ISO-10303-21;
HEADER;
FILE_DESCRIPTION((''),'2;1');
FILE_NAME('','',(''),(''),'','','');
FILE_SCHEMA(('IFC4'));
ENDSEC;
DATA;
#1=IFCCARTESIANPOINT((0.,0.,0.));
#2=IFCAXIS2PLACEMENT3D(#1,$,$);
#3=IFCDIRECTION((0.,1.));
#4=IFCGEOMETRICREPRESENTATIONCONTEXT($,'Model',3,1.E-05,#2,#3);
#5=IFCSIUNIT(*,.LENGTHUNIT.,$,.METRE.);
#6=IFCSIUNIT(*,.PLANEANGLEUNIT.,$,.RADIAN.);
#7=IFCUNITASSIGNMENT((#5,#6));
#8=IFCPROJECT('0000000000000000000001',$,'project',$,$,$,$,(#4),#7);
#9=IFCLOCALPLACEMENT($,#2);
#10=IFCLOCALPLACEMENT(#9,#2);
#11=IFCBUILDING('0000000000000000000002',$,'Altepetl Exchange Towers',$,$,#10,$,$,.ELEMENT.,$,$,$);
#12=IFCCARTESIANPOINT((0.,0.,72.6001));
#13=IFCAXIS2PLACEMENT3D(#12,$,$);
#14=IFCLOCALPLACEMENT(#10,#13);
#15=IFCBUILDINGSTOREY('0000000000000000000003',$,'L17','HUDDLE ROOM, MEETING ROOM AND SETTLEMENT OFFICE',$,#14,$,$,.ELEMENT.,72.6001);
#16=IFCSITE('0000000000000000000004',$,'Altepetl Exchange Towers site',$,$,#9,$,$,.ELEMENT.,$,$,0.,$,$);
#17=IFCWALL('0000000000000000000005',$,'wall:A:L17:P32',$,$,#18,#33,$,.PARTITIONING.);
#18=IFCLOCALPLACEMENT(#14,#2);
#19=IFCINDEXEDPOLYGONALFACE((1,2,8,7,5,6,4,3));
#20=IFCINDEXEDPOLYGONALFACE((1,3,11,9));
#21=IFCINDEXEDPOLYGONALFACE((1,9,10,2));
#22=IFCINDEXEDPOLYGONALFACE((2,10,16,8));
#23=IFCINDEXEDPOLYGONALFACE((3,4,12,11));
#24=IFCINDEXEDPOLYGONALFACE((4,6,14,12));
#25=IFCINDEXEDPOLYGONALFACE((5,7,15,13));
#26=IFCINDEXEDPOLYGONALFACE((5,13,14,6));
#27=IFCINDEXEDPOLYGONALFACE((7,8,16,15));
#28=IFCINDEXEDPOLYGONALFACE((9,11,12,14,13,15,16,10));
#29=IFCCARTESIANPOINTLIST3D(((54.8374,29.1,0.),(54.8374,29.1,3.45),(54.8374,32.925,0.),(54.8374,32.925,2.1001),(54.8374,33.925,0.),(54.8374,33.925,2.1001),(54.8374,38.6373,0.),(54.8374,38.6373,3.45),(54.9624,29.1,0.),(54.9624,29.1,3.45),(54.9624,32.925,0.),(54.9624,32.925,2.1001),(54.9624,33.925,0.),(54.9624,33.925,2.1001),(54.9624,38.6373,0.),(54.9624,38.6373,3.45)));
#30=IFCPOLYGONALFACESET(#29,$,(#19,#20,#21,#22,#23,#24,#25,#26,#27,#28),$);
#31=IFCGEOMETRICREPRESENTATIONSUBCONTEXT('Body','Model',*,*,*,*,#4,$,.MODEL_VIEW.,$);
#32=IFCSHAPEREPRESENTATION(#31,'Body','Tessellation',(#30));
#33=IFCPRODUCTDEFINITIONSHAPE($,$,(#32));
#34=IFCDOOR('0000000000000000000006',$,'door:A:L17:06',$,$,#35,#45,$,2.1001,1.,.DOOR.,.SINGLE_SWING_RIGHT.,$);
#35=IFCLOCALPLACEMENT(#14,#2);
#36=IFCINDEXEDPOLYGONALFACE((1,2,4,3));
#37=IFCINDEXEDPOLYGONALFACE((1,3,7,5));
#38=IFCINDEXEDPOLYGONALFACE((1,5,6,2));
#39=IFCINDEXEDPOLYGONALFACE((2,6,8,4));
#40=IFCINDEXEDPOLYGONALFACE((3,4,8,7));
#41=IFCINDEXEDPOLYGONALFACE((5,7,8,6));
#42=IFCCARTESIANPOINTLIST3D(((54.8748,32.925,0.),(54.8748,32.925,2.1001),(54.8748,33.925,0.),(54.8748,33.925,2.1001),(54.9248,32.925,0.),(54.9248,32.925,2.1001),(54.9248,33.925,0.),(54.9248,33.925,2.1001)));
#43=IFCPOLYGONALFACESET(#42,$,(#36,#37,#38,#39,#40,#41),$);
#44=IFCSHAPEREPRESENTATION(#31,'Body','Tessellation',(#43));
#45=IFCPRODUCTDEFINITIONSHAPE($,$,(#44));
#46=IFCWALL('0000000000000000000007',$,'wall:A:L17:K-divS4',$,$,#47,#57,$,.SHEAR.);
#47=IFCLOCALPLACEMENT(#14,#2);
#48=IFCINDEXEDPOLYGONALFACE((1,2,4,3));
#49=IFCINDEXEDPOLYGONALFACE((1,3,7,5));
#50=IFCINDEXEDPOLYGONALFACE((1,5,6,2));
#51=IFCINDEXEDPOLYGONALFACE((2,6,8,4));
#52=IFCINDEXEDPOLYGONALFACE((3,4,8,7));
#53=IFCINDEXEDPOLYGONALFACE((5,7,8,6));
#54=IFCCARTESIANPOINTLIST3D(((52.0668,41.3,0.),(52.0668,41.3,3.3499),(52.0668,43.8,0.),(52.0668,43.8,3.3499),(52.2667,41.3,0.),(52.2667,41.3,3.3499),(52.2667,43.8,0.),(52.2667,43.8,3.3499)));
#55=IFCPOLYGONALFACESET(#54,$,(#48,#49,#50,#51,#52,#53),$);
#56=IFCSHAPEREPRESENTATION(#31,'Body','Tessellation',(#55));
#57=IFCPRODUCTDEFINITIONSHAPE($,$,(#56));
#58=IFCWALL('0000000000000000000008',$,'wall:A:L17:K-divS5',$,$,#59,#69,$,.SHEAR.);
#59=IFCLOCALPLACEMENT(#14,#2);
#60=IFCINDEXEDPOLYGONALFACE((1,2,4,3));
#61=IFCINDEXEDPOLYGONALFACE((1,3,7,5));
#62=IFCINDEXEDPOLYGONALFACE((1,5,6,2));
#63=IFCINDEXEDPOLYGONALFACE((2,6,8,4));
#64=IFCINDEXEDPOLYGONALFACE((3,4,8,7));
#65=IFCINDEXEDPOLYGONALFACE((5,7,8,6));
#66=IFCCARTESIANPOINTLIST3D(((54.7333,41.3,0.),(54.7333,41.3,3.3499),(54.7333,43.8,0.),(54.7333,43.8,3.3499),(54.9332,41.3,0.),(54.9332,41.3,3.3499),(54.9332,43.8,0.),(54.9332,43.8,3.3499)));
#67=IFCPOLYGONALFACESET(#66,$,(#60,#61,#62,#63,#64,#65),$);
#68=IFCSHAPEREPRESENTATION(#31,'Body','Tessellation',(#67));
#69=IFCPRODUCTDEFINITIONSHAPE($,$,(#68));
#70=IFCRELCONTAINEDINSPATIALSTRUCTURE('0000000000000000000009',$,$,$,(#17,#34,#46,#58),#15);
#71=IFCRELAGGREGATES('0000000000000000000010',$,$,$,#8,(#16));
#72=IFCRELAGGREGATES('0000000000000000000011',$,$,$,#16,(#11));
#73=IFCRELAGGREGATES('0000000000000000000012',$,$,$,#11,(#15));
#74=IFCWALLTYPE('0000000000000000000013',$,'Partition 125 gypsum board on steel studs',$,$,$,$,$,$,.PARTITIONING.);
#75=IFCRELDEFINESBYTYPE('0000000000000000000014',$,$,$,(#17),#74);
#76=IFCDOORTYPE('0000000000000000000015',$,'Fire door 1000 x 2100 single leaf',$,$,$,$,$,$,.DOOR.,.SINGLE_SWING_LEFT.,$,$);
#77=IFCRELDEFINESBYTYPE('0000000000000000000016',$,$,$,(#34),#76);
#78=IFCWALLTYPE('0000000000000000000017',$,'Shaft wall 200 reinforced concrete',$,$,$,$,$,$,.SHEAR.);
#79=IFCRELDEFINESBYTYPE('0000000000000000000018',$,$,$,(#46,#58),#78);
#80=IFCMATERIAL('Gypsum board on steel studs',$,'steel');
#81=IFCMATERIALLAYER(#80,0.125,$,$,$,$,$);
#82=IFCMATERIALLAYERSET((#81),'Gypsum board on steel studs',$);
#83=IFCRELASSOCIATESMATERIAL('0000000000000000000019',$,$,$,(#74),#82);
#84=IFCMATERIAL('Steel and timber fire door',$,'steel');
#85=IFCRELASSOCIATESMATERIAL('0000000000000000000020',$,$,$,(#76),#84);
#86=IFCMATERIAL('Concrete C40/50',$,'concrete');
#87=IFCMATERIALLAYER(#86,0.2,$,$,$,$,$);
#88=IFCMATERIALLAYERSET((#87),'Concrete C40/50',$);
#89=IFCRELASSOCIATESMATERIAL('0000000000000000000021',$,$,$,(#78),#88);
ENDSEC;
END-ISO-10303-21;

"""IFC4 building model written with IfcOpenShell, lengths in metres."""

from ifc_helpers import new_model, si_unit, direction, frame, frame_2d, origin, place, context, subcontext, project, spatial, rectangle, extrude, material, layer, layer_set, type_object, element, fill, save


model = new_model("IFC4")

# Units and contexts
model_context = context("Model", 3, precision=1e-05, world=origin(), true_north=direction((0.0, 1.0)))
body_context = subcontext(model_context, "Body", "Model", "MODEL_VIEW")
ifc_project = project(units=[si_unit("LENGTHUNIT", "METRE"), si_unit("PLANEANGLEUNIT", "RADIAN")], contexts=[model_context])

# Site, building, storey
site_placement = place(None, origin())
site = spatial("IfcSite", under=ifc_project, at=site_placement, Name="Altepetl Exchange Towers site", CompositionType="ELEMENT", RefElevation=0.0)
building_placement = place(site_placement, origin())
building = spatial("IfcBuilding", under=site, at=building_placement, Name="Altepetl Exchange Towers", CompositionType="ELEMENT")
storey_placement = place(building_placement, frame((0.0, 0.0, 72.6001)))
storey = spatial("IfcBuildingStorey", under=building, at=storey_placement, Name="L17", Description="HUDDLE ROOM, MEETING ROOM AND SETTLEMENT OFFICE", CompositionType="ELEMENT", Elevation=72.6001)

# Shared definitions
ifc_material_1 = material(Name="Steel and timber fire door", Category="steel")

# Shared definitions
ifc_material_2 = material(Name="Gypsum board on steel studs", Category="steel")
ifc_layer_1 = layer(ifc_material_2, 0.125)
ifc_layer_set_1 = layer_set([ifc_layer_1], Name="Gypsum board on steel studs")
wall_type_1 = type_object("IfcWallType", Name="Partition 125 gypsum board on steel studs", PredefinedType="PARTITIONING", material=ifc_layer_set_1)

# Wall, opening, door
door_type_1 = type_object("IfcDoorType", Name="Fire door 1000 x 2100 single leaf", OperationType="SINGLE_SWING_LEFT", PredefinedType="DOOR", material=ifc_material_1)
wall_1_placement = place(storey_placement, frame((54.8999, 29.1001, 0.0), z_axis=(0.0, 0.0, 1.0), x_axis=(0.0, 1.0, 0.0)))
wall_1 = element("IfcWall", 1, at=wall_1_placement, inside=storey, type_object=wall_type_1, Name="wall:A:L17:P32", PredefinedType="PARTITIONING", context=body_context, shape_type="SweptSolid", body=[
    extrude(rectangle(XDim=9.5374, YDim=0.125, at=frame_2d((4.7686, 0.0))), origin(), (0.0, 0.0, 1.0), 3.45),
])
opening_1_placement = place(wall_1_placement, frame((3.825, 0.0, 0.0)))
opening_1 = element("IfcOpeningElement", 2, at=opening_1_placement, cuts=wall_1, PredefinedType="OPENING", context=body_context, shape_type="SweptSolid", body=[
    extrude(rectangle(XDim=1.0, YDim=2.1001, at=frame_2d((0.5, 1.05))), frame((0.0, 0.0725, 0.0), z_axis=(0.0, -1.0, 0.0), x_axis=(1.0, 0.0, 0.0)), (0.0, 0.0, 1.0), 0.145),
])
door_1_placement = place(opening_1_placement, frame((1.0, 0.0, 0.0), x_axis=(-1.0, 0.0, 0.0)))
door_1 = element("IfcDoor", 3, at=door_1_placement, inside=storey, type_object=door_type_1, Name="door:A:L17:06", OperationType="SINGLE_SWING_RIGHT", OverallHeight=2.1001, OverallWidth=1.0, PredefinedType="DOOR", context=body_context, shape_type="SweptSolid", body=[
    extrude(rectangle(XDim=1.0, YDim=2.1001, at=frame_2d((0.5, 1.05))), frame((0.0, 0.0249, 0.0), z_axis=(0.0, -1.0, 0.0), x_axis=(1.0, 0.0, 0.0)), (0.0, 0.0, 1.0), 0.05),
])
fill(opening_1, door_1)

# Walls
ifc_material_3 = material(Name="Concrete C40/50", Category="concrete")
ifc_layer_2 = layer(ifc_material_3, 0.2)
ifc_layer_set_2 = layer_set([ifc_layer_2], Name="Concrete C40/50")
wall_type_2 = type_object("IfcWallType", Name="Shaft wall 200 reinforced concrete", PredefinedType="SHEAR", material=ifc_layer_set_2)
for number, where, z_axis, x_axis, name in (
    (4, (52.1667, 41.3, 0.0), (0.0, 0.0, 1.0), (0.0, 1.0, 0.0), "wall:A:L17:K-divS4"),
    (5, (54.8333, 41.3, 0.0), (0.0, 0.0, 1.0), (0.0, 1.0, 0.0), "wall:A:L17:K-divS5"),
):
    element("IfcWall", number, at=place(storey_placement, frame(where, z_axis=z_axis, x_axis=x_axis)), inside=storey, type_object=wall_type_2, Name=name, PredefinedType="SHEAR", context=body_context, shape_type="SweptSolid", body=[
        extrude(rectangle(XDim=2.5, YDim=0.2, at=frame_2d((1.25, 0.0))), origin(), (0.0, 0.0, 1.0), 3.3499),
    ])

save(model, "model.ifc")
